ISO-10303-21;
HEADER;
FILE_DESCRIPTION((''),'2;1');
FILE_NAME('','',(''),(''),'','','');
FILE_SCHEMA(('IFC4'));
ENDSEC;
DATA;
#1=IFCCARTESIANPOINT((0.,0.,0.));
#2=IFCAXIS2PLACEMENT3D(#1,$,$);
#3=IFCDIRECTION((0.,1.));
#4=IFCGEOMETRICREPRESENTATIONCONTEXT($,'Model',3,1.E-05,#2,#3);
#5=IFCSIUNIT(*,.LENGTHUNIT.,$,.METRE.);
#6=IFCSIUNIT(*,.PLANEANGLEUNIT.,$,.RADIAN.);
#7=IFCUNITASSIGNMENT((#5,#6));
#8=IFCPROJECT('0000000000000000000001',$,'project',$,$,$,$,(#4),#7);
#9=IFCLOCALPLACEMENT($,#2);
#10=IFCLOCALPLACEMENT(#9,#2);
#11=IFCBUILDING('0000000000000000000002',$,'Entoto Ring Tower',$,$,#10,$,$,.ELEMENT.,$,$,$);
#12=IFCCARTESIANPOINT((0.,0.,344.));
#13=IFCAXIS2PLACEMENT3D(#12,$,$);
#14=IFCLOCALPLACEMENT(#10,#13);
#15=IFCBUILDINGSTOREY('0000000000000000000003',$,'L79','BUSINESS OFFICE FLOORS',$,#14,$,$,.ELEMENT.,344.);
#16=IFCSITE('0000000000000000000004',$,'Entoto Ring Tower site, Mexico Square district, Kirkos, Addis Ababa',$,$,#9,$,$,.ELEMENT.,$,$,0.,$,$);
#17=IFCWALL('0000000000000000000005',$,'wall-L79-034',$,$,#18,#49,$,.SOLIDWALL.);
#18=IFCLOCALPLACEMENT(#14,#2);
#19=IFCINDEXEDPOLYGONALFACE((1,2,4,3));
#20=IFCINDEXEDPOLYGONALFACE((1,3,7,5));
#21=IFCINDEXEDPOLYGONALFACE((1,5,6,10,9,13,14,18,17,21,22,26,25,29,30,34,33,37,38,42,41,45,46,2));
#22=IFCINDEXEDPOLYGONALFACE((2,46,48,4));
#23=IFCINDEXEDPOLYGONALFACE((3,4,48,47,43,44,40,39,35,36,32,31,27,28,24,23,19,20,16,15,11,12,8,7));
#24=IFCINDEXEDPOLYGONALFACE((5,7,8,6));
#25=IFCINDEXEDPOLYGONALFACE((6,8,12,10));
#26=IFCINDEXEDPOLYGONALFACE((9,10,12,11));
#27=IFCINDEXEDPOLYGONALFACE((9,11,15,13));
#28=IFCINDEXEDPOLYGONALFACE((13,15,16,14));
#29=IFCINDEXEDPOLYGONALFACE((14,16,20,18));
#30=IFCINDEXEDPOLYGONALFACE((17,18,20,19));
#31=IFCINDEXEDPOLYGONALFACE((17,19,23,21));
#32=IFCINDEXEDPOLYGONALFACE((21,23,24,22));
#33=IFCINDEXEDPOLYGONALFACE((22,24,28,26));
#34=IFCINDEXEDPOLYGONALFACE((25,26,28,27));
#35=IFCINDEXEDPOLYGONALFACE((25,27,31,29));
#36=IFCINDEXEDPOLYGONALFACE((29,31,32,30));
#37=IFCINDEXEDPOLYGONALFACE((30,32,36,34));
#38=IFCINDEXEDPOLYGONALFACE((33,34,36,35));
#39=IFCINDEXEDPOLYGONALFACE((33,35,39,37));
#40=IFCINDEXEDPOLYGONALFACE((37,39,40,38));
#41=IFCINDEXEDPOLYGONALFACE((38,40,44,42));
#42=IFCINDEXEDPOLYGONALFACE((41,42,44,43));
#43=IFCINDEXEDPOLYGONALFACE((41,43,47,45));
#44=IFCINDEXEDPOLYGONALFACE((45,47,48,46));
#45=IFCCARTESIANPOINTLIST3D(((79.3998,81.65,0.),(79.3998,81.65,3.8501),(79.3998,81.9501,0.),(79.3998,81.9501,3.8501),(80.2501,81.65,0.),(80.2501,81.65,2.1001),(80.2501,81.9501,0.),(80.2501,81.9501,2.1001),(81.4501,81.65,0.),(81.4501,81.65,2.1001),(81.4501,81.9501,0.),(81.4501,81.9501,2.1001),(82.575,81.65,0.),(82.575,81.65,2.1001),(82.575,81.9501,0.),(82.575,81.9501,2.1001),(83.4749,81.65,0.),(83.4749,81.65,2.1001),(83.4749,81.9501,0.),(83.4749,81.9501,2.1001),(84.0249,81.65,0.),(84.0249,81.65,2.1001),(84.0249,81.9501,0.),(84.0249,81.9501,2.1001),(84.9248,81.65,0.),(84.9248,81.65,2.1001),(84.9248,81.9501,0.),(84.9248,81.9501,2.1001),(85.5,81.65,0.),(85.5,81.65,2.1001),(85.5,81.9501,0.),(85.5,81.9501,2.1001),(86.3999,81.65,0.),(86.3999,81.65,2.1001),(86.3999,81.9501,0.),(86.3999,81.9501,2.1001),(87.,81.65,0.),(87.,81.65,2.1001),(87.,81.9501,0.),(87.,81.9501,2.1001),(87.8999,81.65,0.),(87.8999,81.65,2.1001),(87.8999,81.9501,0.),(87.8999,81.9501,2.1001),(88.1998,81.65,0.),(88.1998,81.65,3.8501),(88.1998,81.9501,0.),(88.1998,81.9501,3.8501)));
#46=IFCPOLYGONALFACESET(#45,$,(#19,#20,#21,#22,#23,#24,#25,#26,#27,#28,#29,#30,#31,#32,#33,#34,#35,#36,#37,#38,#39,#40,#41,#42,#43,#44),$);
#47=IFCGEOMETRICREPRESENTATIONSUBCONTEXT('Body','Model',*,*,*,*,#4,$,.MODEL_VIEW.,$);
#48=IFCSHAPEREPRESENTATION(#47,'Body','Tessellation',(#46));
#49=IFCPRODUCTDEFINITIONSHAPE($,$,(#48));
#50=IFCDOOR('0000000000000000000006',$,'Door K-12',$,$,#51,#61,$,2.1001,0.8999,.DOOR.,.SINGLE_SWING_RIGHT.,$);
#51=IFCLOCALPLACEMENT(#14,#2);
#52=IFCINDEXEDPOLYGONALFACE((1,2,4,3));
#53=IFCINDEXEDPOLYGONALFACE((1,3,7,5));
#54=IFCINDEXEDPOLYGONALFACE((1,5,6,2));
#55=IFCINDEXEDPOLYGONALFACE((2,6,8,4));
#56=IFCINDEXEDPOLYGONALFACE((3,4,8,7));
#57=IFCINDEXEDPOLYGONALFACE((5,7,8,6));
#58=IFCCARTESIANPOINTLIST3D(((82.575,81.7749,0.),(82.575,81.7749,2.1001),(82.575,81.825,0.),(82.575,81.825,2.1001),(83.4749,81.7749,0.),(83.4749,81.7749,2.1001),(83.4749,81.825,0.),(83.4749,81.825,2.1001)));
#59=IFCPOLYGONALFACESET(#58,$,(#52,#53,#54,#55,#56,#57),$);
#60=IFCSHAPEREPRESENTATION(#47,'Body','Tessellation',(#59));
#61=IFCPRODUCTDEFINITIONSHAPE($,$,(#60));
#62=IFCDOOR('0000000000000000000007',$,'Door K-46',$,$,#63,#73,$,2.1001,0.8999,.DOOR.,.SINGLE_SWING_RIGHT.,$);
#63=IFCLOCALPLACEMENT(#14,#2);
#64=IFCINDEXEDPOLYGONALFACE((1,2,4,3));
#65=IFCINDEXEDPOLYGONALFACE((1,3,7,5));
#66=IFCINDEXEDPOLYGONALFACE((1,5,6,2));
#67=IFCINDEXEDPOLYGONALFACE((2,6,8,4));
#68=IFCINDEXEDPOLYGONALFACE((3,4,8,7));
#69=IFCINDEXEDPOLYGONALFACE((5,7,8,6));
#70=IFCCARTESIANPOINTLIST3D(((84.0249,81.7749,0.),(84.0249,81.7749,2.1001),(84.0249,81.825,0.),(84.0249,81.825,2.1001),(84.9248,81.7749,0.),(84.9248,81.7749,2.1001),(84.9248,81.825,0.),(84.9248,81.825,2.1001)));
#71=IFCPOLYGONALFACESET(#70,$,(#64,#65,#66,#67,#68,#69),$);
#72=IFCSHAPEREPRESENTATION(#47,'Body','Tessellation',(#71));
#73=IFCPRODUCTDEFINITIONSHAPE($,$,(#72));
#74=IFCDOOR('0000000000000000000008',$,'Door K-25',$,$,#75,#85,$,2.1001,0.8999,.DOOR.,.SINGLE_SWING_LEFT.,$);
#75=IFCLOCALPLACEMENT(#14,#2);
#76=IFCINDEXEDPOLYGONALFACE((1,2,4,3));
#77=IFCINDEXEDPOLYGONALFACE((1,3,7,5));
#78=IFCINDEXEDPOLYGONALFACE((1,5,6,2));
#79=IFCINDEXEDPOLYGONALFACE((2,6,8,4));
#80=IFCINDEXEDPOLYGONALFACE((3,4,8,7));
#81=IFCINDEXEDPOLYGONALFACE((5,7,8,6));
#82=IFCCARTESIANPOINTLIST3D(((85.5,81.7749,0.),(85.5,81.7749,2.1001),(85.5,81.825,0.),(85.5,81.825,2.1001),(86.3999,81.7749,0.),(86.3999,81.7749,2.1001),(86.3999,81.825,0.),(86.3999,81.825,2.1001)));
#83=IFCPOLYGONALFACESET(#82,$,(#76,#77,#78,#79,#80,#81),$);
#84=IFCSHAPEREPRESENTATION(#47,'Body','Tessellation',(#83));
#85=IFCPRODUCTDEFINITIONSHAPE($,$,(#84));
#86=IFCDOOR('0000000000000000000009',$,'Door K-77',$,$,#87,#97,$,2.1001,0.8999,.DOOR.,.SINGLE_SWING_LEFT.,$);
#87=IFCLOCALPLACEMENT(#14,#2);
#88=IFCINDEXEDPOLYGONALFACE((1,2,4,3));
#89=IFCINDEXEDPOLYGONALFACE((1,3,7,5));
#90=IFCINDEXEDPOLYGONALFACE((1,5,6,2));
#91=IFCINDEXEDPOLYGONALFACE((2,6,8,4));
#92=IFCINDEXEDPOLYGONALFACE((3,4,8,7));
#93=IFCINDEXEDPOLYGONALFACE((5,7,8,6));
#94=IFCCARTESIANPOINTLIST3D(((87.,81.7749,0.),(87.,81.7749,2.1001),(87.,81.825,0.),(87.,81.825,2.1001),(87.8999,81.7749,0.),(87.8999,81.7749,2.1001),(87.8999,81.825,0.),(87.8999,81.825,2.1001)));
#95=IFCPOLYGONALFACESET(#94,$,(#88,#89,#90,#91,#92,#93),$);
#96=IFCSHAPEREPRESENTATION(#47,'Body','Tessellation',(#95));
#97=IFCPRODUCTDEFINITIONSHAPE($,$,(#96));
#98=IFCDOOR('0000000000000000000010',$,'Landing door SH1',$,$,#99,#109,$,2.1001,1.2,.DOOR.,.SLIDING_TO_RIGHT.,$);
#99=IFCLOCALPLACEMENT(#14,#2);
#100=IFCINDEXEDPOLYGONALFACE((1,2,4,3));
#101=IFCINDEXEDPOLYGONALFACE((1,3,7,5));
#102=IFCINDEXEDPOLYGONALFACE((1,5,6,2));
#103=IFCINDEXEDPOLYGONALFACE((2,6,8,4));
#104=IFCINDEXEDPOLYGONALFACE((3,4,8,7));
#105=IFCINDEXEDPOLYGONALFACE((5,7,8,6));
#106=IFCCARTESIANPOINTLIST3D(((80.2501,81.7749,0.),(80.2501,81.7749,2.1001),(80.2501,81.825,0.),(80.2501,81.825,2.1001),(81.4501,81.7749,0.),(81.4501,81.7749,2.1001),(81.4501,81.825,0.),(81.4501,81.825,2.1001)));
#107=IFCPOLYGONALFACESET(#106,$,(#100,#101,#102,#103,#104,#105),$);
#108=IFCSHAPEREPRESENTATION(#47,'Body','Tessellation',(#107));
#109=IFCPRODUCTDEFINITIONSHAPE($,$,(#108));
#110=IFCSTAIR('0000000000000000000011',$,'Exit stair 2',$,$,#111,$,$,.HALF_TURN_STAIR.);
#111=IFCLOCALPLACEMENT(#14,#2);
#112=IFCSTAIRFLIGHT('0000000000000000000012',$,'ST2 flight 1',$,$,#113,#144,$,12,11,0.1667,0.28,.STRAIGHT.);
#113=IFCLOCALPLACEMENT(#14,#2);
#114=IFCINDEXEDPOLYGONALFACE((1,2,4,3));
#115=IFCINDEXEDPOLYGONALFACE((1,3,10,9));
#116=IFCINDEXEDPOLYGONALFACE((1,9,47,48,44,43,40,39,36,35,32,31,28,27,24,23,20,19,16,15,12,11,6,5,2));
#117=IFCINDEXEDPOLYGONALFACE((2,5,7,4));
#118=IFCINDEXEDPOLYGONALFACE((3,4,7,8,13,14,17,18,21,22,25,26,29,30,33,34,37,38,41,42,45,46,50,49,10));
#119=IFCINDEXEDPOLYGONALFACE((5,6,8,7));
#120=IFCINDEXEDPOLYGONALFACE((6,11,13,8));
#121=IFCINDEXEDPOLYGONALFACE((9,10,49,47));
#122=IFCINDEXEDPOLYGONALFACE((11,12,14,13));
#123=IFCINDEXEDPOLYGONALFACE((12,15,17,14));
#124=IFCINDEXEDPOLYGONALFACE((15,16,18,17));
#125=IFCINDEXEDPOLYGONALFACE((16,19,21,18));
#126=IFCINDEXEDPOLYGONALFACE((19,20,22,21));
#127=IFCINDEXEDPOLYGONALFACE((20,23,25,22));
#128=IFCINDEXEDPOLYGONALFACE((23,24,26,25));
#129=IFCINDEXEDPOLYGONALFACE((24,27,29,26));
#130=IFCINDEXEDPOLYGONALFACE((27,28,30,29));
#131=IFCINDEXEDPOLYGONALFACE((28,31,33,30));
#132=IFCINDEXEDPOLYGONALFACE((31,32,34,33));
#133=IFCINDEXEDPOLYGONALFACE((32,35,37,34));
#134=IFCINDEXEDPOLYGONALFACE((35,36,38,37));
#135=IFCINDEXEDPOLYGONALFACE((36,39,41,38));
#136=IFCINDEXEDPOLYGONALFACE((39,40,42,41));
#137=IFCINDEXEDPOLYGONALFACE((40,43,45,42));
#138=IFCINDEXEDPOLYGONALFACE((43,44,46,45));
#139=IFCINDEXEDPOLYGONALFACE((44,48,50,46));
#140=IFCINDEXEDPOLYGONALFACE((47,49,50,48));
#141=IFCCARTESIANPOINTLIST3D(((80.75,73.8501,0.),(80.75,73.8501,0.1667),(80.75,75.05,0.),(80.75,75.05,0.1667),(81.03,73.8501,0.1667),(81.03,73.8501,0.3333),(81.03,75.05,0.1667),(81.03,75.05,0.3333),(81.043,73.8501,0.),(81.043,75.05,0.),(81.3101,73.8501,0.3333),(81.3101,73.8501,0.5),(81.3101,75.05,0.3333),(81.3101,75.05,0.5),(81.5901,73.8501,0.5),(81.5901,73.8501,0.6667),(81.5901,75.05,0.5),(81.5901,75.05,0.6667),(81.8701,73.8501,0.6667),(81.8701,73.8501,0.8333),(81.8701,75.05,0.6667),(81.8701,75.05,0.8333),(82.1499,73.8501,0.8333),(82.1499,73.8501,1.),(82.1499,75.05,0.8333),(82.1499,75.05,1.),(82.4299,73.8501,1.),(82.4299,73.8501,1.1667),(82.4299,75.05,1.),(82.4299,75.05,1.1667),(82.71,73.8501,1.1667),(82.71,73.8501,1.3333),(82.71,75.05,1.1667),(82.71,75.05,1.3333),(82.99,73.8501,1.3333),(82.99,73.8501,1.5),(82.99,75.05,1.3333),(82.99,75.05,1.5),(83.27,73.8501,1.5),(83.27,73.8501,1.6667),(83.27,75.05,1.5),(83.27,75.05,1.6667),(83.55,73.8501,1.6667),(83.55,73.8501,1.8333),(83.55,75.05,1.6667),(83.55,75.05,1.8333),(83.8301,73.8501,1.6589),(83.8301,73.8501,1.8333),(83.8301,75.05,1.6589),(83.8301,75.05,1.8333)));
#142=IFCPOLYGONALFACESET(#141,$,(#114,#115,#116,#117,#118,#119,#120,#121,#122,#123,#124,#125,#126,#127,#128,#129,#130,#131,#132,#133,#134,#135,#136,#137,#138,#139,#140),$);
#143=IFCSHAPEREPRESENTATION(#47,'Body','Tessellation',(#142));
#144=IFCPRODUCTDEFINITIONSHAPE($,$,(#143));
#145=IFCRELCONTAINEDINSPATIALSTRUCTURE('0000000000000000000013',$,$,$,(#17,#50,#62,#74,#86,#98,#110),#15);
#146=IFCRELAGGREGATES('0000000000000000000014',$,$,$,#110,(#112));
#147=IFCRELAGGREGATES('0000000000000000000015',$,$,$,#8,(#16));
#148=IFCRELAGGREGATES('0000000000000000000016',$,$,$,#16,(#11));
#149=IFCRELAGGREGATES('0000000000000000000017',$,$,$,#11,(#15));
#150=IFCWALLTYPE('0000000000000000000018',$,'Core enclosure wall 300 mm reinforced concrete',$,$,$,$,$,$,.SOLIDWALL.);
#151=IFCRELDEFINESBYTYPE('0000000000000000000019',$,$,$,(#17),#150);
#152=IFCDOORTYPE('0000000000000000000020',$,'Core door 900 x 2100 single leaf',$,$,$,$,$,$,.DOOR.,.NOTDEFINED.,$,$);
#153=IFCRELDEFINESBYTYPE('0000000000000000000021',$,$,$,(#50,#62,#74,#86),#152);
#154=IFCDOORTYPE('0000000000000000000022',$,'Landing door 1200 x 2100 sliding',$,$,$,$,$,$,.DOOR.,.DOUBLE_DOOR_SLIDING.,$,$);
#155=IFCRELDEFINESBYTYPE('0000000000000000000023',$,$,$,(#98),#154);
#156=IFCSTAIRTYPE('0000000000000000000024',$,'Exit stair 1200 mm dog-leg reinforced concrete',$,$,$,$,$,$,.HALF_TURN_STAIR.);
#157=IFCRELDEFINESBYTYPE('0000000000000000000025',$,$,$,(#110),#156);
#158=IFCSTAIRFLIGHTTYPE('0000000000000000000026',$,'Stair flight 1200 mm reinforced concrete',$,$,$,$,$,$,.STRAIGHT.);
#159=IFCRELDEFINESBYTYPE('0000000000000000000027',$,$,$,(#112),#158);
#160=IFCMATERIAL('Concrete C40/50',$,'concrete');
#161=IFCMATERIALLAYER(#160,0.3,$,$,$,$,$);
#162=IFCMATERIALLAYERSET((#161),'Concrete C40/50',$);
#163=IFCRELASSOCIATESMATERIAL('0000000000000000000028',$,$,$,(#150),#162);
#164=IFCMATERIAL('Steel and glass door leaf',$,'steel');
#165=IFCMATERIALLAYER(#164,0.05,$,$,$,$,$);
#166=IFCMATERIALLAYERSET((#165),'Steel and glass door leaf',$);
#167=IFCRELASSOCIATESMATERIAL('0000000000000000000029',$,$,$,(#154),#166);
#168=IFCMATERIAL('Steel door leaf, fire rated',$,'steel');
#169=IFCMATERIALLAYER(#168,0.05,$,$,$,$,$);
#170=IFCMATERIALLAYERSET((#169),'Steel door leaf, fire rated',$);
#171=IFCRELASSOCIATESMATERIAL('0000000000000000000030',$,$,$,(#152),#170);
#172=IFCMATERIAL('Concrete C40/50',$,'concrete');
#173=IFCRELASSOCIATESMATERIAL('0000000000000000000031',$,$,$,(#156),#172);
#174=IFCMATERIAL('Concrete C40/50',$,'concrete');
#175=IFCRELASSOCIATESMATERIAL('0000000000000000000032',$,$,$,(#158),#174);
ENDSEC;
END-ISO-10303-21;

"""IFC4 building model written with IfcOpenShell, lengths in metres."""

from ifc_helpers import new_model, si_unit, direction, frame, frame_2d, origin, place, context, subcontext, project, spatial, polyline, rectangle, outline, extrude, material, layer, layer_set, type_object, element, fill, aggregate, save


model = new_model("IFC4")

# Units and contexts
model_context = context("Model", 3, precision=1e-05, world=origin(), true_north=direction((0.0, 1.0)))
body_context = subcontext(model_context, "Body", "Model", "MODEL_VIEW")
ifc_project = project(units=[si_unit("LENGTHUNIT", "METRE"), si_unit("PLANEANGLEUNIT", "RADIAN")], contexts=[model_context])

# Site, building, storey
site_placement = place(None, origin())
site = spatial("IfcSite", under=ifc_project, at=site_placement, Name="Entoto Ring Tower site, Mexico Square district, Kirkos, Addis Ababa", CompositionType="ELEMENT", RefElevation=0.0)
building_placement = place(site_placement, origin())
building = spatial("IfcBuilding", under=site, at=building_placement, Name="Entoto Ring Tower", CompositionType="ELEMENT")
storey_placement = place(building_placement, frame((0.0, 0.0, 344.0)))
storey = spatial("IfcBuildingStorey", under=building, at=storey_placement, Name="L79", Description="BUSINESS OFFICE FLOORS", CompositionType="ELEMENT", Elevation=344.0)

# Shared definitions
ifc_material_1 = material(Name="Concrete C40/50", Category="concrete")
ifc_layer_1 = layer(ifc_material_1, 0.3)
ifc_layer_set_1 = layer_set([ifc_layer_1], Name="Concrete C40/50")
wall_type = type_object("IfcWallType", Name="Core enclosure wall 300 mm reinforced concrete", PredefinedType="SOLIDWALL", material=ifc_layer_set_1)
ifc_material_2 = material(Name="Steel and glass door leaf", Category="steel")
ifc_layer_2 = layer(ifc_material_2, 0.05)
ifc_layer_set_2 = layer_set([ifc_layer_2], Name="Steel and glass door leaf")
door_type_1 = type_object("IfcDoorType", Name="Landing door 1200 x 2100 sliding", OperationType="DOUBLE_DOOR_SLIDING", PredefinedType="DOOR", material=ifc_layer_set_2)

# Wall, openings, doors
ifc_material_3 = material(Name="Steel door leaf, fire rated", Category="steel")
ifc_layer_3 = layer(ifc_material_3, 0.05)
ifc_layer_set_3 = layer_set([ifc_layer_3], Name="Steel door leaf, fire rated")
door_type_2 = type_object("IfcDoorType", Name="Core door 900 x 2100 single leaf", OperationType="NOTDEFINED", PredefinedType="DOOR", material=ifc_layer_set_3)
wall_1_placement = place(storey_placement, frame((79.3999, 81.8, 0.0), z_axis=(0.0, 0.0, 1.0), x_axis=(1.0, 0.0, 0.0)))
wall_1 = element("IfcWall", 1, at=wall_1_placement, inside=storey, type_object=wall_type, Name="wall-L79-034", PredefinedType="SOLIDWALL", context=body_context, shape_type="SweptSolid", body=[
    extrude(rectangle(XDim=8.8, YDim=0.3, at=frame_2d((4.3999, 0.0))), origin(), (0.0, 0.0, 1.0), 3.8501),
])
opening_1_placement = place(wall_1_placement, frame((0.8501, 0.0, 0.0)))
opening_1 = element("IfcOpeningElement", 2, at=opening_1_placement, cuts=wall_1, PredefinedType="OPENING", context=body_context, shape_type="SweptSolid", body=[
    extrude(rectangle(XDim=1.2, YDim=2.1001, at=frame_2d((0.6001, 1.05))), frame((0.0, 0.1602, 0.0), z_axis=(0.0, -1.0, 0.0), x_axis=(1.0, 0.0, 0.0)), (0.0, 0.0, 1.0), 0.3201),
])
opening_2_placement = place(wall_1_placement, frame((3.175, 0.0, 0.0)))
opening_2 = element("IfcOpeningElement", 3, at=opening_2_placement, cuts=wall_1, PredefinedType="OPENING", context=body_context, shape_type="SweptSolid", body=[
    extrude(rectangle(XDim=0.8999, YDim=2.1001, at=frame_2d((0.45, 1.05))), frame((0.0, 0.1602, 0.0), z_axis=(0.0, -1.0, 0.0), x_axis=(1.0, 0.0, 0.0)), (0.0, 0.0, 1.0), 0.3201),
])
opening_3_placement = place(wall_1_placement, frame((4.625, 0.0, 0.0)))
opening_3 = element("IfcOpeningElement", 4, at=opening_3_placement, cuts=wall_1, PredefinedType="OPENING", context=body_context, shape_type="SweptSolid", body=[
    extrude(rectangle(XDim=0.8999, YDim=2.1001, at=frame_2d((0.45, 1.05))), frame((0.0, 0.1602, 0.0), z_axis=(0.0, -1.0, 0.0), x_axis=(1.0, 0.0, 0.0)), (0.0, 0.0, 1.0), 0.3201),
])
opening_4_placement = place(wall_1_placement, frame((6.1001, 0.0, 0.0)))
opening_4 = element("IfcOpeningElement", 5, at=opening_4_placement, cuts=wall_1, PredefinedType="OPENING", context=body_context, shape_type="SweptSolid", body=[
    extrude(rectangle(XDim=0.8999, YDim=2.1001, at=frame_2d((0.45, 1.05))), frame((0.0, 0.1602, 0.0), z_axis=(0.0, -1.0, 0.0), x_axis=(1.0, 0.0, 0.0)), (0.0, 0.0, 1.0), 0.3201),
])
opening_5_placement = place(wall_1_placement, frame((7.6001, 0.0, 0.0)))
opening_5 = element("IfcOpeningElement", 6, at=opening_5_placement, cuts=wall_1, PredefinedType="OPENING", context=body_context, shape_type="SweptSolid", body=[
    extrude(rectangle(XDim=0.8999, YDim=2.1001, at=frame_2d((0.45, 1.05))), frame((0.0, 0.1602, 0.0), z_axis=(0.0, -1.0, 0.0), x_axis=(1.0, 0.0, 0.0)), (0.0, 0.0, 1.0), 0.3201),
])
door_1_placement = place(opening_2_placement, origin())
door_1 = element("IfcDoor", 7, at=door_1_placement, inside=storey, type_object=door_type_2, Name="Door K-12", OperationType="SINGLE_SWING_RIGHT", OverallHeight=2.1001, OverallWidth=0.8999, PredefinedType="DOOR", context=body_context, shape_type="SweptSolid", body=[
    extrude(rectangle(XDim=0.8999, YDim=2.1001, at=frame_2d((0.45, 1.05))), frame((0.0, 0.0249, 0.0), z_axis=(0.0, -1.0, 0.0), x_axis=(1.0, 0.0, 0.0)), (0.0, 0.0, 1.0), 0.05),
])
fill(opening_2, door_1)
door_2_placement = place(opening_3_placement, origin())
door_2 = element("IfcDoor", 8, at=door_2_placement, inside=storey, type_object=door_type_2, Name="Door K-46", OperationType="SINGLE_SWING_RIGHT", OverallHeight=2.1001, OverallWidth=0.8999, PredefinedType="DOOR", context=body_context, shape_type="SweptSolid", body=[
    extrude(rectangle(XDim=0.8999, YDim=2.1001, at=frame_2d((0.45, 1.05))), frame((0.0, 0.0249, 0.0), z_axis=(0.0, -1.0, 0.0), x_axis=(1.0, 0.0, 0.0)), (0.0, 0.0, 1.0), 0.05),
])
fill(opening_3, door_2)
door_3_placement = place(opening_4_placement, origin())
door_3 = element("IfcDoor", 9, at=door_3_placement, inside=storey, type_object=door_type_2, Name="Door K-25", OperationType="SINGLE_SWING_LEFT", OverallHeight=2.1001, OverallWidth=0.8999, PredefinedType="DOOR", context=body_context, shape_type="SweptSolid", body=[
    extrude(rectangle(XDim=0.8999, YDim=2.1001, at=frame_2d((0.45, 1.05))), frame((0.0, 0.0249, 0.0), z_axis=(0.0, -1.0, 0.0), x_axis=(1.0, 0.0, 0.0)), (0.0, 0.0, 1.0), 0.05),
])
fill(opening_4, door_3)
door_4_placement = place(opening_5_placement, origin())
door_4 = element("IfcDoor", 10, at=door_4_placement, inside=storey, type_object=door_type_2, Name="Door K-77", OperationType="SINGLE_SWING_LEFT", OverallHeight=2.1001, OverallWidth=0.8999, PredefinedType="DOOR", context=body_context, shape_type="SweptSolid", body=[
    extrude(rectangle(XDim=0.8999, YDim=2.1001, at=frame_2d((0.45, 1.05))), frame((0.0, 0.0249, 0.0), z_axis=(0.0, -1.0, 0.0), x_axis=(1.0, 0.0, 0.0)), (0.0, 0.0, 1.0), 0.05),
])
fill(opening_5, door_4)
door_5_placement = place(opening_1_placement, origin())
door_5 = element("IfcDoor", 11, at=door_5_placement, inside=storey, type_object=door_type_1, Name="Landing door SH1", OperationType="SLIDING_TO_RIGHT", OverallHeight=2.1001, OverallWidth=1.2, PredefinedType="DOOR", context=body_context, shape_type="SweptSolid", body=[
    extrude(rectangle(XDim=1.2, YDim=2.1001, at=frame_2d((0.6001, 1.05))), frame((0.0, 0.0249, 0.0), z_axis=(0.0, -1.0, 0.0), x_axis=(1.0, 0.0, 0.0)), (0.0, 0.0, 1.0), 0.05),
])
fill(opening_1, door_5)

# Stair, stair flight
ifc_material_4 = material(Name="Concrete C40/50", Category="concrete")
stair_type = type_object("IfcStairType", Name="Exit stair 1200 mm dog-leg reinforced concrete", PredefinedType="HALF_TURN_STAIR", material=ifc_material_4)
stair_placement = place(storey_placement, origin())
stair = element("IfcStair", 12, at=stair_placement, inside=storey, type_object=stair_type, Name="Exit stair 2", PredefinedType="HALF_TURN_STAIR")
ifc_material_5 = material(Name="Concrete C40/50", Category="concrete")
stair_flight_type = type_object("IfcStairFlightType", Name="Stair flight 1200 mm reinforced concrete", PredefinedType="STRAIGHT", material=ifc_material_5)
stair_flight_1_placement = place(storey_placement, frame((80.75, 74.45, 0.0), z_axis=(0.0, 0.0, 1.0), x_axis=(1.0, 0.0, 0.0)))
stair_flight_1 = element("IfcStairFlight", 13, at=stair_flight_1_placement, type_object=stair_flight_type, Name="ST2 flight 1", NumberOfRisers=12, NumberOfTreads=11, PredefinedType="STRAIGHT", RiserHeight=0.1667, TreadLength=0.28, context=body_context, shape_type="SweptSolid", body=[
    extrude(outline(polyline([(0.0, 0.0), (0.0, 0.1667), (0.28, 0.1667), (0.28, 0.3333), (0.5601, 0.3333), (0.5601, 0.5), (0.8401, 0.5), (0.8401, 0.6667), (1.1201, 0.6667), (1.1201, 0.8333), (1.3999, 0.8333), (1.3999, 1.0), (1.6799, 1.0), (1.6799, 1.1667), (1.96, 1.1667), (1.96, 1.3333), (2.24, 1.3333), (2.24, 1.5), (2.52, 1.5), (2.52, 1.6667), (2.8, 1.6667), (2.8, 1.8333), (3.0801, 1.8333), (3.0801, 2.0), (3.0801, 1.6589), (0.293, 0.0), (0.0, 0.0)])), frame((0.0, 0.6001, 0.0), z_axis=(0.0, -1.0, 0.0), x_axis=(1.0, 0.0, 0.0)), (0.0, 0.0, 1.0), 1.2),
])
aggregate(stair, [stair_flight_1])

save(model, "model.ifc")
